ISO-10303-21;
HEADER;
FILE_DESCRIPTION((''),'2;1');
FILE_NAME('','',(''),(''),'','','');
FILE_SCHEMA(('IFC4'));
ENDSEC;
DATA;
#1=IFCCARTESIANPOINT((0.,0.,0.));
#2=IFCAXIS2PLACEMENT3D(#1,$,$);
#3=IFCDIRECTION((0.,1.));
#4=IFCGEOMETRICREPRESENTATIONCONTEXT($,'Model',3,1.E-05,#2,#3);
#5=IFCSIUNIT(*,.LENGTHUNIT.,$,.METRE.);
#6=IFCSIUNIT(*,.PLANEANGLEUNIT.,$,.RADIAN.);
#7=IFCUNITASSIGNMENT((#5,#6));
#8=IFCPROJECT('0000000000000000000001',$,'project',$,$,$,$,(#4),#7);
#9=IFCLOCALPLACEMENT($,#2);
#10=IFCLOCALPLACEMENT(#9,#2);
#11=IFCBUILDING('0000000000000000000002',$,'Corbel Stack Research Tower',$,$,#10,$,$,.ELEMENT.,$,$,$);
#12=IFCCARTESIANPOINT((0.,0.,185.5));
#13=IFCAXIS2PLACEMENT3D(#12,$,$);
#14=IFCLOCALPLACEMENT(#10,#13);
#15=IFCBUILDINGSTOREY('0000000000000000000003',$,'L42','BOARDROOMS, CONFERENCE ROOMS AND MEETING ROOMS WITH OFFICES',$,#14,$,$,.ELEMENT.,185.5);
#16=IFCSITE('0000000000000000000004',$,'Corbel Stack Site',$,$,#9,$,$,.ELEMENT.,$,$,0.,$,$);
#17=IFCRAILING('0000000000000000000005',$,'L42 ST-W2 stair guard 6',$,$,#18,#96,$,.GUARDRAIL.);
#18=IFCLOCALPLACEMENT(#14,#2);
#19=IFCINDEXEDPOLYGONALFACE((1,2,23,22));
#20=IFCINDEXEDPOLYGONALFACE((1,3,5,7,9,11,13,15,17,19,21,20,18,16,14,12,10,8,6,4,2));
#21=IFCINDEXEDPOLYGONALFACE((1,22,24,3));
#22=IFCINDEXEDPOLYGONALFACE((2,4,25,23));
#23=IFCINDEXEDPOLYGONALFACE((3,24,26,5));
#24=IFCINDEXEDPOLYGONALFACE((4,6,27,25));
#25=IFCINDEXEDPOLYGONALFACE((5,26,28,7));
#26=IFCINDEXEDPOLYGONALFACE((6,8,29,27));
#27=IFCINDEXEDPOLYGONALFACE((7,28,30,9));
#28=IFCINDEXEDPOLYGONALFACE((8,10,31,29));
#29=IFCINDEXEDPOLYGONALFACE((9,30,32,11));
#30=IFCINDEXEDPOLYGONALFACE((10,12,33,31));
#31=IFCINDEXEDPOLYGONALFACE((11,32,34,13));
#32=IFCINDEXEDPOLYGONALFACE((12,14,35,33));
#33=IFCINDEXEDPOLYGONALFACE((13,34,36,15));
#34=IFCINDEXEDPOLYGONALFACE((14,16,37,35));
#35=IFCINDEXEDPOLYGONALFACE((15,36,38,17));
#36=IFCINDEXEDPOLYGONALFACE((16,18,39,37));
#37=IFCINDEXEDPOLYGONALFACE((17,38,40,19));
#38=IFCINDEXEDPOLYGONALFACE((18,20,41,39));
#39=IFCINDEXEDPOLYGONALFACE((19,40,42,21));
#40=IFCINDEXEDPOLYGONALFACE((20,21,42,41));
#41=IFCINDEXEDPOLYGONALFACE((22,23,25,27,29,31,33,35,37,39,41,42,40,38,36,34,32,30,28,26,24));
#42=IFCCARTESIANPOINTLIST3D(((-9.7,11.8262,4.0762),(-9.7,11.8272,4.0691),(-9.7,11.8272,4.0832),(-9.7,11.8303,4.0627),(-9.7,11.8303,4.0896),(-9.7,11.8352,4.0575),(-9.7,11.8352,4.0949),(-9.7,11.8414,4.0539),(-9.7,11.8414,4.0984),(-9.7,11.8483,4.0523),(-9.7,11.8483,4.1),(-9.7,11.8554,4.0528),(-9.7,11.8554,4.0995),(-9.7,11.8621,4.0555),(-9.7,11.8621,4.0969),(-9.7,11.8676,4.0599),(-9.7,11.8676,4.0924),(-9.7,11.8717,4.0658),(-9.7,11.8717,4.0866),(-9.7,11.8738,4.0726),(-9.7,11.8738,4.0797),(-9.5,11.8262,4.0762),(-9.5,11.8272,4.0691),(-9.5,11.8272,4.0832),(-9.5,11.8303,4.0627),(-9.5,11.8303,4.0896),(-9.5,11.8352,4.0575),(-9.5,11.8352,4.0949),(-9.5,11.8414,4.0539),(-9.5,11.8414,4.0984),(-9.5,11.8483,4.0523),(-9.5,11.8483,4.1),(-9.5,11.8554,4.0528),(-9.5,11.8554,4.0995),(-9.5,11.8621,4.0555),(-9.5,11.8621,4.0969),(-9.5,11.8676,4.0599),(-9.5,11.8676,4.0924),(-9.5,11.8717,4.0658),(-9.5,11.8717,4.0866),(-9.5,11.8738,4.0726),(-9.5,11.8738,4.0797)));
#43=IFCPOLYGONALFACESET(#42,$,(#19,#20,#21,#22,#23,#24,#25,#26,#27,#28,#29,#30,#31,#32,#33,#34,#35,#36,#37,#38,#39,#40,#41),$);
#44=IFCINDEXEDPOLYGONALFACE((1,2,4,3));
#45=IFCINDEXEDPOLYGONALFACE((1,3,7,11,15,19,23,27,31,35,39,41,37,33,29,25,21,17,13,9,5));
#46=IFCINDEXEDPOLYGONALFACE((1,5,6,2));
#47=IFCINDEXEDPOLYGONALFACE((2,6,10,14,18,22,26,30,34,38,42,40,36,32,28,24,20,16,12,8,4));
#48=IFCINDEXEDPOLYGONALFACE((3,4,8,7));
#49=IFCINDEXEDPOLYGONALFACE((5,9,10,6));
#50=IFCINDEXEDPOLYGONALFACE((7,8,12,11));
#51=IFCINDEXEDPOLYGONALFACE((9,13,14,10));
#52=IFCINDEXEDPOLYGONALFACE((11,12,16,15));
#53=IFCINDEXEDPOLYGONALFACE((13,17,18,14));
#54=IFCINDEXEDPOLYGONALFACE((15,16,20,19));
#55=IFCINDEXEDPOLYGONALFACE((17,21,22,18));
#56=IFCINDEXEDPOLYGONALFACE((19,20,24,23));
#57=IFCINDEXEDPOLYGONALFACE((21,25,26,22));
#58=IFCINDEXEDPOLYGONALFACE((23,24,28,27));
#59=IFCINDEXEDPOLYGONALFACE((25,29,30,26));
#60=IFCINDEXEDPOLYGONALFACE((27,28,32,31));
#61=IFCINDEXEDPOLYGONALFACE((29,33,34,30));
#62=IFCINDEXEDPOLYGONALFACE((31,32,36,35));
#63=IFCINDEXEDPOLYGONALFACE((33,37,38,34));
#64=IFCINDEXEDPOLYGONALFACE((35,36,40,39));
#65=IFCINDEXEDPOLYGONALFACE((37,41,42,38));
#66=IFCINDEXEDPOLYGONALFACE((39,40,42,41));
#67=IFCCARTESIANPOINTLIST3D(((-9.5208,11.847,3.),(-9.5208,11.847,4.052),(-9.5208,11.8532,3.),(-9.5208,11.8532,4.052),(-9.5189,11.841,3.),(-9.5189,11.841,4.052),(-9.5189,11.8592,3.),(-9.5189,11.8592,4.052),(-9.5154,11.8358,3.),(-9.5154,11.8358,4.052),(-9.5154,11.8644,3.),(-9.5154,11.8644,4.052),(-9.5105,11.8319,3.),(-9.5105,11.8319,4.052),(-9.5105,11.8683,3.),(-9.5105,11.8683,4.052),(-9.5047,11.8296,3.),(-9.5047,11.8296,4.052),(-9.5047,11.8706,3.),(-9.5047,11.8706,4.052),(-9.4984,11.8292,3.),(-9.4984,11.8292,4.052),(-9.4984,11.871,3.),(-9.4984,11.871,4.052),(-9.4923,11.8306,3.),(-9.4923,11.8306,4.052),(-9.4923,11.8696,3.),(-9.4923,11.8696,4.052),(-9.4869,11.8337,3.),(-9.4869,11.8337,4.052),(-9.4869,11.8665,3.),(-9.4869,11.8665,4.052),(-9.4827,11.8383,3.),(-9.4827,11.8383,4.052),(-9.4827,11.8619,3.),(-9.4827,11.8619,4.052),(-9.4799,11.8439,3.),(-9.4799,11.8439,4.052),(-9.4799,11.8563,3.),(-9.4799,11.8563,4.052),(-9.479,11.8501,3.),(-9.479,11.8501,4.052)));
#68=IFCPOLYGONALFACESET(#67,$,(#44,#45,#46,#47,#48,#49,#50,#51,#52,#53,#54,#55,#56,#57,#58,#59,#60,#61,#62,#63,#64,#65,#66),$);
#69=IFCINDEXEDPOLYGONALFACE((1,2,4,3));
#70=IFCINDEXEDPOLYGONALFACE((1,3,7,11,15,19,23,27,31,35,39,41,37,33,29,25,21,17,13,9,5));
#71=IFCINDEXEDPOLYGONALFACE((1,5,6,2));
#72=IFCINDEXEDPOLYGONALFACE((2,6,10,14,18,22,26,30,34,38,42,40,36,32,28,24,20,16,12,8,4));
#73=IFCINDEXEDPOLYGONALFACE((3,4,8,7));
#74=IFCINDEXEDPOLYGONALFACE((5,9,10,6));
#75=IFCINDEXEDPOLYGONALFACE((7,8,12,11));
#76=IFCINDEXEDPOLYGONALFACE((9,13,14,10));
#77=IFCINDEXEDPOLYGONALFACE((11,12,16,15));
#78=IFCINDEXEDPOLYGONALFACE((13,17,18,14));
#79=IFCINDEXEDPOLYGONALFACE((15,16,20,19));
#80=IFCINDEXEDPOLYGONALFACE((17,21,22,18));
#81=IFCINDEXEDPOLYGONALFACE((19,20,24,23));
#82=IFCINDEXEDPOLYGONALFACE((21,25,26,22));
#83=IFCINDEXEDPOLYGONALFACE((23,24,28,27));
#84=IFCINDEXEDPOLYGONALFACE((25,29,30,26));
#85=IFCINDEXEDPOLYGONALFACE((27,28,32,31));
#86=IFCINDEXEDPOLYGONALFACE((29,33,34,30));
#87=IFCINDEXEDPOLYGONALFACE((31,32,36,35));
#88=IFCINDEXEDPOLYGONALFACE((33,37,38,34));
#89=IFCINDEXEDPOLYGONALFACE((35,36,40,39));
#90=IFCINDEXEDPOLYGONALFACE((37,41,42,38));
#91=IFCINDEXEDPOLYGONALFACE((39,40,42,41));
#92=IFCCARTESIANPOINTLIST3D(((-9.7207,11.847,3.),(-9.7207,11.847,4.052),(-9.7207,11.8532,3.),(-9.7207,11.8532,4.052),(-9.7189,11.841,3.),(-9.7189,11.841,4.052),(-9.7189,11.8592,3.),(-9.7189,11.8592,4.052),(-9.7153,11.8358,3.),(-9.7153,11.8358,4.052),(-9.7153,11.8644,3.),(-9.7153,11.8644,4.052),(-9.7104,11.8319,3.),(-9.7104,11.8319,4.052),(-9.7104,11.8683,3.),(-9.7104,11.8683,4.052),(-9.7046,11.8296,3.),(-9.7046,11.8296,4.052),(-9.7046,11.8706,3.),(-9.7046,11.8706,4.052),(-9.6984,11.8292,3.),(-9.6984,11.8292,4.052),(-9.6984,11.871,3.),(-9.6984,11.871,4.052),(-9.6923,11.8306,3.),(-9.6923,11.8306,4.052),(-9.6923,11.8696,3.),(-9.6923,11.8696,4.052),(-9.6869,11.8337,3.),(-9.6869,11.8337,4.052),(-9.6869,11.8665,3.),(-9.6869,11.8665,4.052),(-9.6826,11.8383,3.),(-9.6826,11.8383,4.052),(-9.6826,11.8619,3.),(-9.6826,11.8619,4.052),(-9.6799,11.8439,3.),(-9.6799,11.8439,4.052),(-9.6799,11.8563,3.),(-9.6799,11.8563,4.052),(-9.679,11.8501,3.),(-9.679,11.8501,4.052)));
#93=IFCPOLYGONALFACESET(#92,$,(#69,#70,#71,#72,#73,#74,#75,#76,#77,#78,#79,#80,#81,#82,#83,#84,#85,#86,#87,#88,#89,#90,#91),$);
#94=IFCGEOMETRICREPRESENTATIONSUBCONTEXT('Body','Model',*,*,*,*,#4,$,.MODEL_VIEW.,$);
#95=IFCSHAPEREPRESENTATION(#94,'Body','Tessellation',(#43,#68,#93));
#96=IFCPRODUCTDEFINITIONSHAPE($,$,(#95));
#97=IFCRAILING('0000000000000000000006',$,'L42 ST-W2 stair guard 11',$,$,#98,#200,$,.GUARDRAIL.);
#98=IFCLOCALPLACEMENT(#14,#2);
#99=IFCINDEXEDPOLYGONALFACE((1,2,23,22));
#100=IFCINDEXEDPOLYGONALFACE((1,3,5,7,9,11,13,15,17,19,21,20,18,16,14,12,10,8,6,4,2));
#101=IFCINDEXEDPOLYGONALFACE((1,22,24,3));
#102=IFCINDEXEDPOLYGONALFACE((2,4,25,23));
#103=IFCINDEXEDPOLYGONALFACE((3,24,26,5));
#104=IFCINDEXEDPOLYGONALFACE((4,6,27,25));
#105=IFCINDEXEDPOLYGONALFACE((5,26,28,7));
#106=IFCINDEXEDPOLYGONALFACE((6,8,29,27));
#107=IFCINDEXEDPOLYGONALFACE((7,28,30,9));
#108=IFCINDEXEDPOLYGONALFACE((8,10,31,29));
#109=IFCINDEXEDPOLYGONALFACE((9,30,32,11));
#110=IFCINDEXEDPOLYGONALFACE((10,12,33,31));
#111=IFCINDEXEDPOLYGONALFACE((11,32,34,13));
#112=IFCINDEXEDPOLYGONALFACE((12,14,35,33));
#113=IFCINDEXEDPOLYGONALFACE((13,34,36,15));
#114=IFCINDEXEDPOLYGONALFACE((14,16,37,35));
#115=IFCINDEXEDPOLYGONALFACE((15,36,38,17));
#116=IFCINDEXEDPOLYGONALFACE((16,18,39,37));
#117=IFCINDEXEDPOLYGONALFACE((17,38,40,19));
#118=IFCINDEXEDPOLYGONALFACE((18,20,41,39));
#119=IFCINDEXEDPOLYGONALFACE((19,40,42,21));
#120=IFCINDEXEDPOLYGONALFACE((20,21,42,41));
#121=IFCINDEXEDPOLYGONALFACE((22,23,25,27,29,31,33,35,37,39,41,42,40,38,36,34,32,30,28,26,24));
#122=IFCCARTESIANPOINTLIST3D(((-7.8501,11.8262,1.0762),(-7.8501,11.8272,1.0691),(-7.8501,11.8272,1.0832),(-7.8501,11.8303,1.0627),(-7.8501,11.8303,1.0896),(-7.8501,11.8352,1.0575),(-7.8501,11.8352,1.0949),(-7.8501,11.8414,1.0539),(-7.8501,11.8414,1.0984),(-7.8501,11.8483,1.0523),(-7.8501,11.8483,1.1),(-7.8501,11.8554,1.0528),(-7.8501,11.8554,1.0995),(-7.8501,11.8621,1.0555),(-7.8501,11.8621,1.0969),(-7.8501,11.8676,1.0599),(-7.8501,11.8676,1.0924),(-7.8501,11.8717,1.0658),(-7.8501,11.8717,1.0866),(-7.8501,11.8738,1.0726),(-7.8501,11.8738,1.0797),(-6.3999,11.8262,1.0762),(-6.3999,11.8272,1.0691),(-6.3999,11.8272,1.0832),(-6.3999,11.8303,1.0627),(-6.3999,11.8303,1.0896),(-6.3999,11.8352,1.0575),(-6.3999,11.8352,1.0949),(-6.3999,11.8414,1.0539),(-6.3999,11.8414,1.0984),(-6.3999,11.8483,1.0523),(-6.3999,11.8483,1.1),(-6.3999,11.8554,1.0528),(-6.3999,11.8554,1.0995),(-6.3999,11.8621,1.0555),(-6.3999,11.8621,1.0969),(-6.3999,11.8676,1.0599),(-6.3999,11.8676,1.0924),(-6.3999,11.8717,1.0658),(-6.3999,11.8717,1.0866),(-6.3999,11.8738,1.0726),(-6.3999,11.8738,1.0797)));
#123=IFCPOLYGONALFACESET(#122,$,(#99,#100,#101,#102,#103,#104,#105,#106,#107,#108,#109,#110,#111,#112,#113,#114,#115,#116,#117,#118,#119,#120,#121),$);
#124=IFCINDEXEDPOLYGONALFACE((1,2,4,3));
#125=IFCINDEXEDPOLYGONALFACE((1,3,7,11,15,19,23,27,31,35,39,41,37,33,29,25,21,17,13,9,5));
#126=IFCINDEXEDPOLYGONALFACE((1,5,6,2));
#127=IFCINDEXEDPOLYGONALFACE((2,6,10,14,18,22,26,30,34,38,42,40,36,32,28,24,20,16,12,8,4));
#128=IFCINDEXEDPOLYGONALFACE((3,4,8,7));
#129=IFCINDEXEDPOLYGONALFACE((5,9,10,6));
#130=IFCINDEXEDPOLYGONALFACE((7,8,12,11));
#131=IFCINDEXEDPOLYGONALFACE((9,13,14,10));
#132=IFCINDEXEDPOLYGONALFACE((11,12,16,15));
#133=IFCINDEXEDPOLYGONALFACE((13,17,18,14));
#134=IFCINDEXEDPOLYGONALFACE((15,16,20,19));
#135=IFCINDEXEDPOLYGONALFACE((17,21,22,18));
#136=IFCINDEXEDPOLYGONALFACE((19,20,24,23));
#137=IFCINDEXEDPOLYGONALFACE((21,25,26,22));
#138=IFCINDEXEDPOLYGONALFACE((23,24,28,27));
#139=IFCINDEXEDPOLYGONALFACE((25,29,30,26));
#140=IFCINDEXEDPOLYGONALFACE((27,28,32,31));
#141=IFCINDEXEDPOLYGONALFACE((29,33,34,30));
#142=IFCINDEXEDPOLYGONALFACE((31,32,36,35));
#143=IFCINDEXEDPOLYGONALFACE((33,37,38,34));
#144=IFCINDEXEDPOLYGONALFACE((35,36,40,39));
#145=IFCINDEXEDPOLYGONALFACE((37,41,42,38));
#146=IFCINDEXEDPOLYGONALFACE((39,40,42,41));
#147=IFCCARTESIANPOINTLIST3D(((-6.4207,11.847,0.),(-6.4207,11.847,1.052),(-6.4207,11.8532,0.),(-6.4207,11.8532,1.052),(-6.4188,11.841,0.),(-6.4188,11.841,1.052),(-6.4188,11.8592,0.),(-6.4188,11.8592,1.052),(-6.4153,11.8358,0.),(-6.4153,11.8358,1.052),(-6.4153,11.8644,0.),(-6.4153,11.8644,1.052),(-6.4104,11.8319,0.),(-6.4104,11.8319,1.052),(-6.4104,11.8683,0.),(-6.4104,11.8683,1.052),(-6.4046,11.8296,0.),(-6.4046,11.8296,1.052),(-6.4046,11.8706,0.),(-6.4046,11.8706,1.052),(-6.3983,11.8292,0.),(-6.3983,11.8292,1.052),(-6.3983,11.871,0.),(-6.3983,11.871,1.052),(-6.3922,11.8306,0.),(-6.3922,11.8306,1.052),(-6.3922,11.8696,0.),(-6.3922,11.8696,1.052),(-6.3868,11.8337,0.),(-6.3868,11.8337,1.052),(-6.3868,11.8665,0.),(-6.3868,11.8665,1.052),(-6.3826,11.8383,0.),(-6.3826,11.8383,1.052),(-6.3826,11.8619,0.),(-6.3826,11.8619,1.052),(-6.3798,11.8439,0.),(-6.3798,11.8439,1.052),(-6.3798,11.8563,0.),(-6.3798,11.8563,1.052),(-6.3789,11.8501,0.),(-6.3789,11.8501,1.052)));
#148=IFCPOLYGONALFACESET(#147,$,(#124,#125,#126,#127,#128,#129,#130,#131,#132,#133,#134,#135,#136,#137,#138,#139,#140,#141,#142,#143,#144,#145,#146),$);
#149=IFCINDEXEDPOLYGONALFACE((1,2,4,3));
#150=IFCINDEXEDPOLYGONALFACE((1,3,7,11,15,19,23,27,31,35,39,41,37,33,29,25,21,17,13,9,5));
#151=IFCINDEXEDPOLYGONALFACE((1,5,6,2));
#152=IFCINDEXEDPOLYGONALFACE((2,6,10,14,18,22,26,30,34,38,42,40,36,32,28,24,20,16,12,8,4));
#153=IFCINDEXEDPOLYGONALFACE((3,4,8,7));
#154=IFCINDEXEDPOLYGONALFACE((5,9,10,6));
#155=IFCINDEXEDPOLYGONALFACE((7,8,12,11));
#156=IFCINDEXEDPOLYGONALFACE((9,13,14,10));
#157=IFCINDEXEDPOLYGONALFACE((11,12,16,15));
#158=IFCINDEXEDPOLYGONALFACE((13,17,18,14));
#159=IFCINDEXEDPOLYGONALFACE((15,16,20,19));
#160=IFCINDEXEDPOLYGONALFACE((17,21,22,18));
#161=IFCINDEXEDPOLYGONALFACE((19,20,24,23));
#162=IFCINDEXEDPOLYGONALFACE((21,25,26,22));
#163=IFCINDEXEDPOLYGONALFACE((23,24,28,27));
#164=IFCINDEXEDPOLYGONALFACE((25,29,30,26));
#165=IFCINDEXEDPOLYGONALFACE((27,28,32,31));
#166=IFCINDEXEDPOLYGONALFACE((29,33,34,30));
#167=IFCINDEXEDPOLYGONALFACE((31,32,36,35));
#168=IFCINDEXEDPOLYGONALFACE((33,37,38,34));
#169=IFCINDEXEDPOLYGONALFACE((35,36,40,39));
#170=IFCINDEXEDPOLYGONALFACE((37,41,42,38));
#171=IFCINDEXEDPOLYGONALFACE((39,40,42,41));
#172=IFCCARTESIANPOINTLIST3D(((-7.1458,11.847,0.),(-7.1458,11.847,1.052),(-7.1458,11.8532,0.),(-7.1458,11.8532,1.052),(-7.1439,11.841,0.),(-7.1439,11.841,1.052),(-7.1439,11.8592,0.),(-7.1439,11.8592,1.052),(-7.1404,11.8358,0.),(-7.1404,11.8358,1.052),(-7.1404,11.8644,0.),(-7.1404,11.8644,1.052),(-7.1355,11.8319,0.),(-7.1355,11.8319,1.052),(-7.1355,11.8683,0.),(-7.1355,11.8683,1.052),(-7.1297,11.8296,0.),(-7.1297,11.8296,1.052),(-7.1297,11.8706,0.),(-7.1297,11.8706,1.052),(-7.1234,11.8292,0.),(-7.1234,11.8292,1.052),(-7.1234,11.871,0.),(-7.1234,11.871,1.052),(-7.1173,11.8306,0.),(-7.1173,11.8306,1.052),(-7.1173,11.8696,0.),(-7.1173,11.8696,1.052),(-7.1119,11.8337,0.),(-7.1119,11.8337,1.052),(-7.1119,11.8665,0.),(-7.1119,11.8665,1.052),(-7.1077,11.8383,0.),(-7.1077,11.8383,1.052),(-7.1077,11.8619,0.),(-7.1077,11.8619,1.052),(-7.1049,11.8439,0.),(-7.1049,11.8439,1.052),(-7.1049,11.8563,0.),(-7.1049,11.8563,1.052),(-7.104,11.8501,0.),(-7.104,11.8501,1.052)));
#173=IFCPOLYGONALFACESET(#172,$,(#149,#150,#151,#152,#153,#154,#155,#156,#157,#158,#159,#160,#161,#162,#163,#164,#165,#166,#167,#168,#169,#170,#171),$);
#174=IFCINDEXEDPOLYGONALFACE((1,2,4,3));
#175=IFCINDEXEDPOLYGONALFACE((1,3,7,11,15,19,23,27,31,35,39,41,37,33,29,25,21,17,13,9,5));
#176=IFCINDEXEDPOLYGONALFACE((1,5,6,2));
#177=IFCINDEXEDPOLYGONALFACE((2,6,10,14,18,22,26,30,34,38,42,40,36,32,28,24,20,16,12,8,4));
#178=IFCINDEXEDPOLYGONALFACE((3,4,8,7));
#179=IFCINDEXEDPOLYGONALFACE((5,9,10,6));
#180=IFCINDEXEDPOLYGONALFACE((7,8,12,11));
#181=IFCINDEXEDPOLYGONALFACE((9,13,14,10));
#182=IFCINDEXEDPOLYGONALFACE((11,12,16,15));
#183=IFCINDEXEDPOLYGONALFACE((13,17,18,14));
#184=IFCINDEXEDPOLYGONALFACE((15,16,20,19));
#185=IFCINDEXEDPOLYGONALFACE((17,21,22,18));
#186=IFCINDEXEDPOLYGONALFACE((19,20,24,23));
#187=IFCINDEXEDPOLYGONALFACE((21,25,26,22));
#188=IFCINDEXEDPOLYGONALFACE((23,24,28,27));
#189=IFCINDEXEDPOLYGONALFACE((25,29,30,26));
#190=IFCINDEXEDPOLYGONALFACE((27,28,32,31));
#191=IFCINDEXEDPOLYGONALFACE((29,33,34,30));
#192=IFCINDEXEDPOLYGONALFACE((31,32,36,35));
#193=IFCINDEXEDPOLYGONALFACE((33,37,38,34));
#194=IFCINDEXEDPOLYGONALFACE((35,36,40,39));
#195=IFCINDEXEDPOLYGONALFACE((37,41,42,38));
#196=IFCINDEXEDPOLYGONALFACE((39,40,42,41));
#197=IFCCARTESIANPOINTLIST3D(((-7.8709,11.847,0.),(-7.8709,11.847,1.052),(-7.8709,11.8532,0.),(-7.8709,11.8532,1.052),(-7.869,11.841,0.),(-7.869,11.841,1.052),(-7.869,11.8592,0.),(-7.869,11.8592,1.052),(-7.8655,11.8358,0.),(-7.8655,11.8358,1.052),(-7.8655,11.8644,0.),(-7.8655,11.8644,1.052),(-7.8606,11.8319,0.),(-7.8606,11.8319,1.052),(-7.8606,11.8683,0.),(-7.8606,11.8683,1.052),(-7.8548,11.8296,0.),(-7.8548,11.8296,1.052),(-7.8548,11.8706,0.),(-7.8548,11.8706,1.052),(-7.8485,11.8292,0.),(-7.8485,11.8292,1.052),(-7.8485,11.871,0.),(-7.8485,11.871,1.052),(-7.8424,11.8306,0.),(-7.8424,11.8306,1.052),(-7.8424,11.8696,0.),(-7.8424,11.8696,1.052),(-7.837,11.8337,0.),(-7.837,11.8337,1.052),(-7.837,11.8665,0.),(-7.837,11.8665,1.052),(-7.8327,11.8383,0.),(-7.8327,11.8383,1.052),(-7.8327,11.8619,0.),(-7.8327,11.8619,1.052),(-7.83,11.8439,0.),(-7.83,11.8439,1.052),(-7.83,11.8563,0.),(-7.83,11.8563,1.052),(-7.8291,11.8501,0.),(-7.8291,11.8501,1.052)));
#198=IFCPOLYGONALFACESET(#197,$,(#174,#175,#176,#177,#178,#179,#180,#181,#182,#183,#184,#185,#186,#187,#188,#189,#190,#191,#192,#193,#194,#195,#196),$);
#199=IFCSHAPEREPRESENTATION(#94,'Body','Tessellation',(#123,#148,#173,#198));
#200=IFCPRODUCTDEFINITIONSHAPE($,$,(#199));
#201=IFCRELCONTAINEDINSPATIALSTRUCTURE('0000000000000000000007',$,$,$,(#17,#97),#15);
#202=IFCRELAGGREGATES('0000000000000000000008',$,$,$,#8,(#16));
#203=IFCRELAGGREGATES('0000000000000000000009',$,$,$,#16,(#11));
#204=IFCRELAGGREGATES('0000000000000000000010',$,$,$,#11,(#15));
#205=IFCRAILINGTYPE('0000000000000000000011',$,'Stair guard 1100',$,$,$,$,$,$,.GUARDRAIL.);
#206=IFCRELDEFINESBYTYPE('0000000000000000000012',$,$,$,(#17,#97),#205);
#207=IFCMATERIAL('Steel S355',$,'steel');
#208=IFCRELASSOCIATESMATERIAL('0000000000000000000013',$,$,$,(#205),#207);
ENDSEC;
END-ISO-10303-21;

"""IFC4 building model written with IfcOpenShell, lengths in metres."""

from ifc_helpers import new_model, si_unit, direction, frame, origin, origin_2d, place, context, subcontext, project, spatial, circle, extrude, material, type_object, element, save


model = new_model("IFC4")

# Units and contexts
model_context = context("Model", 3, precision=1e-05, world=origin(), true_north=direction((0.0, 1.0)))
body_context = subcontext(model_context, "Body", "Model", "MODEL_VIEW")
ifc_project = project(units=[si_unit("LENGTHUNIT", "METRE"), si_unit("PLANEANGLEUNIT", "RADIAN")], contexts=[model_context])

# Site, building, storey
site_placement = place(None, origin())
site = spatial("IfcSite", under=ifc_project, at=site_placement, Name="Corbel Stack Site", CompositionType="ELEMENT", RefElevation=0.0)
building_placement = place(site_placement, origin())
building = spatial("IfcBuilding", under=site, at=building_placement, Name="Corbel Stack Research Tower", CompositionType="ELEMENT")
storey_placement = place(building_placement, frame((0.0, 0.0, 185.5)))
storey = spatial("IfcBuildingStorey", under=building, at=storey_placement, Name="L42", Description="BOARDROOMS, CONFERENCE ROOMS AND MEETING ROOMS WITH OFFICES", CompositionType="ELEMENT", Elevation=185.5)

# Railings
ifc_material_1 = material(Name="Steel S355", Category="steel")
railing_type = type_object("IfcRailingType", Name="Stair guard 1100", PredefinedType="GUARDRAIL", material=ifc_material_1)
railing_1_placement = place(storey_placement, frame((-9.5, 11.8501, 3.0)))
element("IfcRailing", 1, at=railing_1_placement, inside=storey, type_object=railing_type, Name="L42 ST-W2 stair guard 6", PredefinedType="GUARDRAIL", context=body_context, shape_type="SweptSolid", body=[
    extrude(circle(Radius=0.0239, at=origin_2d()), frame((0.0, 0.0, 1.0762), z_axis=(-1.0, 0.0, 0.0), x_axis=(0.0, -1.0, 0.0)), (0.0, 0.0, 1.0), 0.2),
    extrude(circle(Radius=0.021, at=origin_2d()), origin(), (0.0, 0.0, 1.0), 1.052),
    extrude(circle(Radius=0.021, at=origin_2d()), frame((-0.2, 0.0, 0.0)), (0.0, 0.0, 1.0), 1.052),
])
railing_2_placement = place(storey_placement, frame((-6.3999, 11.8501, 0.0)))
element("IfcRailing", 2, at=railing_2_placement, inside=storey, type_object=railing_type, Name="L42 ST-W2 stair guard 11", PredefinedType="GUARDRAIL", context=body_context, shape_type="SweptSolid", body=[
    extrude(circle(Radius=0.0239, at=origin_2d()), frame((0.0, 0.0, 1.0762), z_axis=(-1.0, 0.0, 0.0), x_axis=(0.0, -1.0, 0.0)), (0.0, 0.0, 1.0), 1.4502),
    extrude(circle(Radius=0.021, at=origin_2d()), origin(), (0.0, 0.0, 1.0), 1.052),
    extrude(circle(Radius=0.021, at=origin_2d()), frame((-0.7251, 0.0, 0.0)), (0.0, 0.0, 1.0), 1.052),
    extrude(circle(Radius=0.021, at=origin_2d()), frame((-1.4502, 0.0, 0.0)), (0.0, 0.0, 1.0), 1.052),
])

save(model, "model.ifc")
